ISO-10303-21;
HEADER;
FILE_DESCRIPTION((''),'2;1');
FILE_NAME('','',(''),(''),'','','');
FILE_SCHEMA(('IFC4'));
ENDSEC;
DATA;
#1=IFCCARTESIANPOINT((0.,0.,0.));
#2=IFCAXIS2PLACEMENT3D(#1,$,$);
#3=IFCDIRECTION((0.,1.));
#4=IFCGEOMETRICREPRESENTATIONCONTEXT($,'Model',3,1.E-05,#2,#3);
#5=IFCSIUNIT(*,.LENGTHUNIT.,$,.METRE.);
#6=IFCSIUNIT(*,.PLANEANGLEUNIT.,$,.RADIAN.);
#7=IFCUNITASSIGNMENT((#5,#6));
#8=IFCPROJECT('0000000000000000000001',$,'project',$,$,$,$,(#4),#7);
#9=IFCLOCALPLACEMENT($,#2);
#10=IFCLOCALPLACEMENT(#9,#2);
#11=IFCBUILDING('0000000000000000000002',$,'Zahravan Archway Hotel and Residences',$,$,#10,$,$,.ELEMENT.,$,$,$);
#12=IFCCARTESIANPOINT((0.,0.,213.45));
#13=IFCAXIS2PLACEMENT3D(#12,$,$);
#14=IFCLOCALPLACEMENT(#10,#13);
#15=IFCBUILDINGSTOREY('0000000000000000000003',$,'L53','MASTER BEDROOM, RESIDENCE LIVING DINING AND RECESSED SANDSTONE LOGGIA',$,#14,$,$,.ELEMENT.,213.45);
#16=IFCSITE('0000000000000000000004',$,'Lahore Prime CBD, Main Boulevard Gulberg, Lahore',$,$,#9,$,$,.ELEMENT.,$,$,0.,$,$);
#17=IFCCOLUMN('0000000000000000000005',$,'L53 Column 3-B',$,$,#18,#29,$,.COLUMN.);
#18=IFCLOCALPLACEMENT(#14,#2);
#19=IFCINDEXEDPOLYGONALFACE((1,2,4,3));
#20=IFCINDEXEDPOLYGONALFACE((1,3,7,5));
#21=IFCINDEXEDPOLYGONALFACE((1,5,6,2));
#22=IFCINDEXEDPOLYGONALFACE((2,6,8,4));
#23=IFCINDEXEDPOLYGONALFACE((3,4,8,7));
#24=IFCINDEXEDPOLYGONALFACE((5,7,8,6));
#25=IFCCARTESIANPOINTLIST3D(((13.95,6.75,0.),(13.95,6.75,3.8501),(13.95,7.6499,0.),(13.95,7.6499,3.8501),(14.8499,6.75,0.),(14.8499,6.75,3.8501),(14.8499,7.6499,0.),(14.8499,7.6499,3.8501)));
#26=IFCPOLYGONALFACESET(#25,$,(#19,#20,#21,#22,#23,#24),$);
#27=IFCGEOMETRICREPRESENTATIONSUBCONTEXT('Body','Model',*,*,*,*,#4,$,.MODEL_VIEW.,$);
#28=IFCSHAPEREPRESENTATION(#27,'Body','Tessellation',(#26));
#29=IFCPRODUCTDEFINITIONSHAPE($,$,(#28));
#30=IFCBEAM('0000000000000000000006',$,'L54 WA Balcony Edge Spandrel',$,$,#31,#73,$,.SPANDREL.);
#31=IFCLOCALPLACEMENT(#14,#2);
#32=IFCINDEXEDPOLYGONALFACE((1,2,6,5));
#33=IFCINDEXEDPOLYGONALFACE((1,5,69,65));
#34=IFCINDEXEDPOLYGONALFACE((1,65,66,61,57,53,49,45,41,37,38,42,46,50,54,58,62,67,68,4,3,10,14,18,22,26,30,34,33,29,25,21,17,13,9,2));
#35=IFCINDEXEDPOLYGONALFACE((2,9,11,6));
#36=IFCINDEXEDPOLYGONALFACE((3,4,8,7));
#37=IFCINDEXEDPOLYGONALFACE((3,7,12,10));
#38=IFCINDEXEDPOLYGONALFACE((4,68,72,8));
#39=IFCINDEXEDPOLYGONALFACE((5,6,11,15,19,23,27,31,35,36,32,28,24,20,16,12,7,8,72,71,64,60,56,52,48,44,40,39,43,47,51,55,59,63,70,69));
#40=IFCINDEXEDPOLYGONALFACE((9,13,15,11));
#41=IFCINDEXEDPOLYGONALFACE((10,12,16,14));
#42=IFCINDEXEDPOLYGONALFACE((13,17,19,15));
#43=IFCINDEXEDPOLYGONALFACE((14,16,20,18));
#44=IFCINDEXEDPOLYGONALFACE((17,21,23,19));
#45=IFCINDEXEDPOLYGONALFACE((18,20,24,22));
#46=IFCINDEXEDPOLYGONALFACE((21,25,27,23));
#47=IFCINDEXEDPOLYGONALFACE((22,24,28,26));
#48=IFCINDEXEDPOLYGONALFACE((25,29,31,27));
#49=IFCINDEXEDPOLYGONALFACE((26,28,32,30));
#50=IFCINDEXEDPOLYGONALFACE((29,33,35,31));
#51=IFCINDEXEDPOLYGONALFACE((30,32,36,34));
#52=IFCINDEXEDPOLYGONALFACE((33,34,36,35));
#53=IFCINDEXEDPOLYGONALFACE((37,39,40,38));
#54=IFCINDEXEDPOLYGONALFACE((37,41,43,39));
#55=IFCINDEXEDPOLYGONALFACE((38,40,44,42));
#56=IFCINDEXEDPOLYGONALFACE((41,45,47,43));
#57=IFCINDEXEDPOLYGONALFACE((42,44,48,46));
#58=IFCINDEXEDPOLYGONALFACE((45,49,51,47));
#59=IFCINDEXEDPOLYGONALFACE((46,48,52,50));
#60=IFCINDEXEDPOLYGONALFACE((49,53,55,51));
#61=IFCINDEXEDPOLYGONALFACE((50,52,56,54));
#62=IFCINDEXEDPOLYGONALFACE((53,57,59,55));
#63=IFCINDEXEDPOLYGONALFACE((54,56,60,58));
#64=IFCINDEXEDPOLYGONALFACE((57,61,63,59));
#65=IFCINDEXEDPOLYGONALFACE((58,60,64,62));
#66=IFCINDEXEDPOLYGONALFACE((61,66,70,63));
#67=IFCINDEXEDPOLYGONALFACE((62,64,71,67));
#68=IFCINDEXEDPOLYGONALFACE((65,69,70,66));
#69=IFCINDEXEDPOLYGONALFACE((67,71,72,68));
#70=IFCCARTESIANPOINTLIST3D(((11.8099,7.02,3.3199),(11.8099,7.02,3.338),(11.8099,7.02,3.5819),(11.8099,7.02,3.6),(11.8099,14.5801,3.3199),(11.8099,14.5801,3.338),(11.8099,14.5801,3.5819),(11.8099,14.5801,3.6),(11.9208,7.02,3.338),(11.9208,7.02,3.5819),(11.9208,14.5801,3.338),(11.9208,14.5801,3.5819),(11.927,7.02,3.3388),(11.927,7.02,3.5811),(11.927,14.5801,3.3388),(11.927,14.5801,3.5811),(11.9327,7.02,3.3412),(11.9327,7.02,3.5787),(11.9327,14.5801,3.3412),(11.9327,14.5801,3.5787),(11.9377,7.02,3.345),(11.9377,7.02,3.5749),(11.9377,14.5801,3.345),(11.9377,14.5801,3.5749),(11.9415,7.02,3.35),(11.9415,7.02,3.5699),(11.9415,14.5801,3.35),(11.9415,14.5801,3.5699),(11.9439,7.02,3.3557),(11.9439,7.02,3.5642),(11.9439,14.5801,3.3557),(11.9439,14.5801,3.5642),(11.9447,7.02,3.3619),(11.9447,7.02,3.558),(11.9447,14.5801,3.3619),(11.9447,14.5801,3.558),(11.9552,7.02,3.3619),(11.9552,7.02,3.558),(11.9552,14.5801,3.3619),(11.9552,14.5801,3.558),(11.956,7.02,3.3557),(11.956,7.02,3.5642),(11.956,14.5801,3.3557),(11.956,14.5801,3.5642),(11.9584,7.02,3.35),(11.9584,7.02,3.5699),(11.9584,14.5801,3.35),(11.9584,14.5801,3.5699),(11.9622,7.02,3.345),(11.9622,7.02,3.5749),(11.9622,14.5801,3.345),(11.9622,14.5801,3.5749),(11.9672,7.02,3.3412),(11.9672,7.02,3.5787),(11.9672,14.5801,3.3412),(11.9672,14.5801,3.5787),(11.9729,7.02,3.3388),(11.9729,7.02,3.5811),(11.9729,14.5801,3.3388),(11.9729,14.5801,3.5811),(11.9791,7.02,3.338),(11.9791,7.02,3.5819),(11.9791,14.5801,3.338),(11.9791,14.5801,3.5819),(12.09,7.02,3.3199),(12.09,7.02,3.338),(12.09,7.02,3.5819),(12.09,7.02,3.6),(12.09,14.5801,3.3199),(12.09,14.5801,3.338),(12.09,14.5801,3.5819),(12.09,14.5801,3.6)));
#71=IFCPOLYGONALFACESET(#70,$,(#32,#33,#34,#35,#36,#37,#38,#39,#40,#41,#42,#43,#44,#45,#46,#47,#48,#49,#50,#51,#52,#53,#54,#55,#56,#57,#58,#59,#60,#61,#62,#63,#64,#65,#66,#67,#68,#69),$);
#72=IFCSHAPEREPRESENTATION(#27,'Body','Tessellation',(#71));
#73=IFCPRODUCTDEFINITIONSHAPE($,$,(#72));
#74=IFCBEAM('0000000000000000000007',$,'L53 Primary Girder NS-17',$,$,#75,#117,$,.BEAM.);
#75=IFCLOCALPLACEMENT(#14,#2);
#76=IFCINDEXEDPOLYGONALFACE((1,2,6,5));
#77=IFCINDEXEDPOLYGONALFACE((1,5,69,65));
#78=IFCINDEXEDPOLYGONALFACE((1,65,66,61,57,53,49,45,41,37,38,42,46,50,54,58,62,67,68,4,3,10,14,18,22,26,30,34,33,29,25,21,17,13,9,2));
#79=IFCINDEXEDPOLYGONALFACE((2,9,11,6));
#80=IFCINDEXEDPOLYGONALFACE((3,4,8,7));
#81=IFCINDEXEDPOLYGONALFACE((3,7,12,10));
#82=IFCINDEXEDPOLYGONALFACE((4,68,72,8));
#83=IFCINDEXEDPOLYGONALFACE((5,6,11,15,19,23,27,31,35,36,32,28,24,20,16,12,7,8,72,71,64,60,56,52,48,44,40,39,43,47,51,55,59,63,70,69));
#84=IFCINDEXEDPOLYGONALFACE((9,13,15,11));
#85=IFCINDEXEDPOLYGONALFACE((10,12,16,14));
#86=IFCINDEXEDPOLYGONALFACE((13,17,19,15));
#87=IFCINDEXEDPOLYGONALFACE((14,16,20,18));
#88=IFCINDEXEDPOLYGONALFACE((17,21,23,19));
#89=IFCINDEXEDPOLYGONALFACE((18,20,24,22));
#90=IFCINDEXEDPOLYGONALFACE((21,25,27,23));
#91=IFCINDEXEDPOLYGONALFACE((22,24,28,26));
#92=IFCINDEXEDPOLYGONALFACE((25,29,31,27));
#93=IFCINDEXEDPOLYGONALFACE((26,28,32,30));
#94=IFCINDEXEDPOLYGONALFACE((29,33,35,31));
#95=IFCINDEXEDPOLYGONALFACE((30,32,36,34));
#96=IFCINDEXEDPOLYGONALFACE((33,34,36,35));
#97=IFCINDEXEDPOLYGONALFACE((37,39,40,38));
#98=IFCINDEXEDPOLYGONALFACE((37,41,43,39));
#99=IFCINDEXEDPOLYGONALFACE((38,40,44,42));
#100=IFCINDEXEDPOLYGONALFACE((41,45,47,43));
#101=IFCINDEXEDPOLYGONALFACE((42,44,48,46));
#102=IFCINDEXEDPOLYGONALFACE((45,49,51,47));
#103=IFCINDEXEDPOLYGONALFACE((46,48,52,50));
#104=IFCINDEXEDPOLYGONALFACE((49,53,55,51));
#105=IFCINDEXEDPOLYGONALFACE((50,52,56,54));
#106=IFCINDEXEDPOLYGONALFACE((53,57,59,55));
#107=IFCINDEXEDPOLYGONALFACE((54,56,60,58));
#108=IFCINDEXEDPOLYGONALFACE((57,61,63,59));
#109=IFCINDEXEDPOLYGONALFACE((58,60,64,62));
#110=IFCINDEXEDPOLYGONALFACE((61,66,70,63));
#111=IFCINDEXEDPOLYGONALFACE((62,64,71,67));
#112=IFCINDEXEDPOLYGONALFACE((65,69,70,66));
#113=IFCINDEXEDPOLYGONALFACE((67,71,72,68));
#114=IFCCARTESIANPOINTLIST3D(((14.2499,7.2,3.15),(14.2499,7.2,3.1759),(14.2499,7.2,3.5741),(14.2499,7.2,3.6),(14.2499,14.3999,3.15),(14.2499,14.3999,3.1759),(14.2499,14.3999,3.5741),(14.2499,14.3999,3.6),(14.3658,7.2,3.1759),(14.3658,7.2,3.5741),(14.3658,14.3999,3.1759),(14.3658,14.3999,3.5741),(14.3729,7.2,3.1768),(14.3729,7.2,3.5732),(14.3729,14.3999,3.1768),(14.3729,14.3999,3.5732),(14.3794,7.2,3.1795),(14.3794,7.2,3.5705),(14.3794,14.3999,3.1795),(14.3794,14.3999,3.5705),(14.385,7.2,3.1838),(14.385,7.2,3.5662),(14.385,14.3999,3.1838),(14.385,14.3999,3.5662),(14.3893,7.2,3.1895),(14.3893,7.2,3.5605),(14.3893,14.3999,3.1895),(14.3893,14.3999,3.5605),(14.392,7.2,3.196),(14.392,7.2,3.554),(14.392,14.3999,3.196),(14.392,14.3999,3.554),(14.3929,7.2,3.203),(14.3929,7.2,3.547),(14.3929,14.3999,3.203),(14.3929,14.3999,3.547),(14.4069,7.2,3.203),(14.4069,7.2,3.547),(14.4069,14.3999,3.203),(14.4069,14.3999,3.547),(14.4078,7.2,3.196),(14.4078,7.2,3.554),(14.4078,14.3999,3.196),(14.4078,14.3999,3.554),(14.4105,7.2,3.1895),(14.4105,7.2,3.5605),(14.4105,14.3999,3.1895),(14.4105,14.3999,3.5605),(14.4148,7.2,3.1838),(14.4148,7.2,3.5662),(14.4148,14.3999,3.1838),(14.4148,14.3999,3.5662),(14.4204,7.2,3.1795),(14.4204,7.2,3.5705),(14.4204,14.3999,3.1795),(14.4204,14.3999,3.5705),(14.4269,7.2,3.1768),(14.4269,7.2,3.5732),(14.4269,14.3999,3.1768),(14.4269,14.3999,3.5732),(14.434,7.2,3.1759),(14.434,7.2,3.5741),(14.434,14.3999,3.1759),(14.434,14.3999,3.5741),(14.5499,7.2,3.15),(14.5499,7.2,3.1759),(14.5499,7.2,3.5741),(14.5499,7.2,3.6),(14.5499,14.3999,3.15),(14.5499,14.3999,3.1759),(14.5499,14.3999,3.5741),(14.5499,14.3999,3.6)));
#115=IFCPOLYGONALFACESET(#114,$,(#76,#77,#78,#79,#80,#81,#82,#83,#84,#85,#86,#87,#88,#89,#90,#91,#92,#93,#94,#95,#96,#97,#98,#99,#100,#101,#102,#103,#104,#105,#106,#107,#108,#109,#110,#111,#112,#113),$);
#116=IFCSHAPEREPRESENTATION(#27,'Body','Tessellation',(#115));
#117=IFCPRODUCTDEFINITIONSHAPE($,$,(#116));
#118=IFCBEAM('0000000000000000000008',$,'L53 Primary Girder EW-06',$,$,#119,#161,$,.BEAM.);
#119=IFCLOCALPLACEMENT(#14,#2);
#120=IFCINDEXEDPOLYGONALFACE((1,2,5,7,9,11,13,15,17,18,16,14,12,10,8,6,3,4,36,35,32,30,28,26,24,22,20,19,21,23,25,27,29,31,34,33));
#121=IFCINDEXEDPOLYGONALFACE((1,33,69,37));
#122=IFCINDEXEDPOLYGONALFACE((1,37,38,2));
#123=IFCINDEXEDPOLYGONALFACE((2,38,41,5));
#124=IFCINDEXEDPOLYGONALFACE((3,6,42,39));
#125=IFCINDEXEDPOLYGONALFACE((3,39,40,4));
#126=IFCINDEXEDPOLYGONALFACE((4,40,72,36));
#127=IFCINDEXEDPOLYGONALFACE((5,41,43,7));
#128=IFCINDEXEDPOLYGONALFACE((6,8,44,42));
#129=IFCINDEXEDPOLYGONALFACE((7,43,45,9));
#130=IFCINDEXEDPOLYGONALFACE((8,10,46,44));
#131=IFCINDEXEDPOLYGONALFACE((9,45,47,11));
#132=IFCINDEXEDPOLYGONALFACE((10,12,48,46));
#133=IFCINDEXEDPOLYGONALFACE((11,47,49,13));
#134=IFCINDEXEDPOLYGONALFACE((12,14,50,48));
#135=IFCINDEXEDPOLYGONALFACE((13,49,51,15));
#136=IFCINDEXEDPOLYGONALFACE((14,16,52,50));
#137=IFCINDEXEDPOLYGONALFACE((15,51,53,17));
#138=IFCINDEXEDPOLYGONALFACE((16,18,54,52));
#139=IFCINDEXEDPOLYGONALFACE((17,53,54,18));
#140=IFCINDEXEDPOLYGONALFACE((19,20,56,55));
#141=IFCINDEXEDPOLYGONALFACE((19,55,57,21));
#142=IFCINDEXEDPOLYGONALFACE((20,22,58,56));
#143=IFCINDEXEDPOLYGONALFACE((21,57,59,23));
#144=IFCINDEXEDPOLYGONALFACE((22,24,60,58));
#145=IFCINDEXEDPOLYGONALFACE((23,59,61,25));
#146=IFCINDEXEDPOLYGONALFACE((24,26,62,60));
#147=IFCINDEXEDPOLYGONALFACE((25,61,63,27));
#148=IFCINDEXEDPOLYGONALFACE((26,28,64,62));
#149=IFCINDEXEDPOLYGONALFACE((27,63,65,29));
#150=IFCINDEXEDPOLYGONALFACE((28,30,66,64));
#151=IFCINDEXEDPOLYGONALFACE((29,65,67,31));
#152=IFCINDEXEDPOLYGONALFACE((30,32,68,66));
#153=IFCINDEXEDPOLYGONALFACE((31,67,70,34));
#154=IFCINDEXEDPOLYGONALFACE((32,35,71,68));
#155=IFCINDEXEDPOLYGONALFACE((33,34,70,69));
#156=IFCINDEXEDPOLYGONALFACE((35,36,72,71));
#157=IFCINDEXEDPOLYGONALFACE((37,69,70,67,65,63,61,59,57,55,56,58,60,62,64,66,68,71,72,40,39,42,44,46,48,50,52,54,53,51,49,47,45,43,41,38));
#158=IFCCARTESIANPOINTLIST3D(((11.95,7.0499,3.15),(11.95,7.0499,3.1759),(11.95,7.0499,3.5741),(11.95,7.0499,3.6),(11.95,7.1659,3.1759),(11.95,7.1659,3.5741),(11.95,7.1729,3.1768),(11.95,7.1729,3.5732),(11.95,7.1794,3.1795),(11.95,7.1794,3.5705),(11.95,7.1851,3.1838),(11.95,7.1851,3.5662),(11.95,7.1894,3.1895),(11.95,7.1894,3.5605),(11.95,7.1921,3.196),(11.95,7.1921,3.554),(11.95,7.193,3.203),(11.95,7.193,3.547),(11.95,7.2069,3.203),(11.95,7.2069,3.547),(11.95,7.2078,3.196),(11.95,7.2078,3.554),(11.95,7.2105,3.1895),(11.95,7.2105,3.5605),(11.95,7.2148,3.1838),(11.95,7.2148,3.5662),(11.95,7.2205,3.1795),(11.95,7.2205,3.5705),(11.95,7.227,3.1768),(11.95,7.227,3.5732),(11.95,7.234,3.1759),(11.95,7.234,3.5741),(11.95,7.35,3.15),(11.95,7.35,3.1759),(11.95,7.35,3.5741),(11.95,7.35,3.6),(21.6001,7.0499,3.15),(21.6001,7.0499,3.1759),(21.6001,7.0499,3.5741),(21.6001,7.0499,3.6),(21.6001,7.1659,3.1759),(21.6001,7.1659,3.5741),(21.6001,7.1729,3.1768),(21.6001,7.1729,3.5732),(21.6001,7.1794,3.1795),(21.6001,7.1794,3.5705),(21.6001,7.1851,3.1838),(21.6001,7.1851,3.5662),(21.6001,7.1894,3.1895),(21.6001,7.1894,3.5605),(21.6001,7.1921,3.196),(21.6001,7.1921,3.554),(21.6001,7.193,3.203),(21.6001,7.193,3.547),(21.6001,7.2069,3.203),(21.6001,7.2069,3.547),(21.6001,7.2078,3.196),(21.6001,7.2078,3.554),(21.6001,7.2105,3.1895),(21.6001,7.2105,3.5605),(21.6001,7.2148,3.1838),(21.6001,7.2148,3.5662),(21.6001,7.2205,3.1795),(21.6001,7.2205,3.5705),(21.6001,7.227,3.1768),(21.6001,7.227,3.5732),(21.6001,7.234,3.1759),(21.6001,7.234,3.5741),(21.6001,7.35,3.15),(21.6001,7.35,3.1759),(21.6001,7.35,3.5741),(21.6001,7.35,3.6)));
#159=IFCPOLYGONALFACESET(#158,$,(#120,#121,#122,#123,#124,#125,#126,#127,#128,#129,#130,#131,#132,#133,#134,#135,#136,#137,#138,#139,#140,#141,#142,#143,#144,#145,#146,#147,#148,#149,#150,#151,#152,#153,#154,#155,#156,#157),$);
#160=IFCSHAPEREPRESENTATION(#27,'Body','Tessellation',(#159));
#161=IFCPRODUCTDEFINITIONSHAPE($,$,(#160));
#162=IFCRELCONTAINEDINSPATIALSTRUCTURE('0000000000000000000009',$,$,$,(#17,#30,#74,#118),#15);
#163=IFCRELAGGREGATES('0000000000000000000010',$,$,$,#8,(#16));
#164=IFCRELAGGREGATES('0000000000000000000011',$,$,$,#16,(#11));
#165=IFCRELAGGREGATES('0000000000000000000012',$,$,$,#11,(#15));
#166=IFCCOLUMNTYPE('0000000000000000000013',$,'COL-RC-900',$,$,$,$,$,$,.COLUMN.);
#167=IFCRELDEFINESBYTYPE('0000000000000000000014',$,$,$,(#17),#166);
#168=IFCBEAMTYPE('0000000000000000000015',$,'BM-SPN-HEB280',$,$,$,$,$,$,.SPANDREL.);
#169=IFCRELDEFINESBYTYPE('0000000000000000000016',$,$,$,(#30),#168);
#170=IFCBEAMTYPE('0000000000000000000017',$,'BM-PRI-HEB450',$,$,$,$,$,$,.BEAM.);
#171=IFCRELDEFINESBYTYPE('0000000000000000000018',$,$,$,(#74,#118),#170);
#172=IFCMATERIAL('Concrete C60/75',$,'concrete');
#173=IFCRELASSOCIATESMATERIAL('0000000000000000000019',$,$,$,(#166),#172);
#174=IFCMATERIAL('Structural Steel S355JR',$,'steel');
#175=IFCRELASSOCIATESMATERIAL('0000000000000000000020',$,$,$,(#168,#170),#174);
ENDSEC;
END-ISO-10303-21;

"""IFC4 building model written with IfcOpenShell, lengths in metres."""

from ifc_helpers import new_model, si_unit, direction, frame, origin, origin_2d, place, context, subcontext, project, spatial, rectangle, i_section, extrude, source, transform, mapped, material, material_profile, profile_set, type_object, type_shapes, element, save


model = new_model("IFC4")

# Units and contexts
model_context = context("Model", 3, precision=1e-05, world=origin(), true_north=direction((0.0, 1.0)))
body_context = subcontext(model_context, "Body", "Model", "MODEL_VIEW")
ifc_project = project(units=[si_unit("LENGTHUNIT", "METRE"), si_unit("PLANEANGLEUNIT", "RADIAN")], contexts=[model_context])

# Site, building, storey
site_placement = place(None, origin())
site = spatial("IfcSite", under=ifc_project, at=site_placement, Name="Lahore Prime CBD, Main Boulevard Gulberg, Lahore", CompositionType="ELEMENT", RefElevation=0.0)
building_placement = place(site_placement, origin())
building = spatial("IfcBuilding", under=site, at=building_placement, Name="Zahravan Archway Hotel and Residences", CompositionType="ELEMENT")
storey_placement = place(building_placement, frame((0.0, 0.0, 213.45)))
storey = spatial("IfcBuildingStorey", under=building, at=storey_placement, Name="L53", Description="MASTER BEDROOM, RESIDENCE LIVING DINING AND RECESSED SANDSTONE LOGGIA", CompositionType="ELEMENT", Elevation=213.45)

# Column
ifc_material_1 = material(Name="Concrete C60/75", Category="concrete")
ifc_material_profile_1 = material_profile(ifc_material_1, rectangle(XDim=0.8999, YDim=0.8999, at=origin_2d()), Name="RC-COL-900x900", Category="concrete")
ifc_profile_set_1 = profile_set([ifc_material_profile_1], Name="Concrete C60/75")
column_type = type_object("IfcColumnType", Name="COL-RC-900", PredefinedType="COLUMN", material=ifc_profile_set_1)
shared_shape_1 = source(origin(), body_context, "Body", "SweptSolid", [
    extrude(rectangle(XDim=0.8999, YDim=0.8999, at=origin_2d()), origin(), (0.0, 0.0, 1.0), 3.8501),
])
type_shapes(column_type, [shared_shape_1])
column_placement = place(storey_placement, frame((14.3999, 7.2, 0.0), z_axis=(0.0, 0.0, 1.0), x_axis=(1.0, 0.0, 0.0)))
element("IfcColumn", 1, at=column_placement, inside=storey, type_object=column_type, Name="L53 Column 3-B", PredefinedType="COLUMN", context=body_context, shape_type="MappedRepresentation", body=[
    mapped(shared_shape_1, transform((0.0, 0.0, 0.0), scale=1.0)),
])

# Beams
ifc_material_2 = material(Name="Structural Steel S355JR", Category="steel")
ifc_material_profile_2 = material_profile(ifc_material_2, i_section(OverallWidth=0.28, OverallDepth=0.28, WebThickness=0.0105, FlangeThickness=0.0181, FilletRadius=0.0239, at=origin_2d()), Name="HEB 280", Category="steel")
ifc_profile_set_2 = profile_set([ifc_material_profile_2], Name="Structural Steel S355JR")
beam_type_1 = type_object("IfcBeamType", Name="BM-SPN-HEB280", PredefinedType="SPANDREL", material=ifc_profile_set_2)
shared_shape_2 = source(origin(), body_context, "Body", "SweptSolid", [
    extrude(i_section(OverallWidth=0.28, OverallDepth=0.28, WebThickness=0.0105, FlangeThickness=0.0181, FilletRadius=0.0239, at=origin_2d()), origin(), (0.0, 0.0, 1.0), 7.5601),
])
type_shapes(beam_type_1, [shared_shape_2])
beam_1_placement = place(storey_placement, frame((11.95, 7.02, 3.46), z_axis=(0.0, 1.0, 0.0), x_axis=(-1.0, 0.0, 0.0)))
element("IfcBeam", 2, at=beam_1_placement, inside=storey, type_object=beam_type_1, Name="L54 WA Balcony Edge Spandrel", PredefinedType="SPANDREL", context=body_context, shape_type="MappedRepresentation", body=[
    mapped(shared_shape_2, transform((0.0, 0.0, 0.0), scale=1.0)),
])
ifc_material_profile_3 = material_profile(ifc_material_2, i_section(OverallWidth=0.3, OverallDepth=0.45, WebThickness=0.0139, FlangeThickness=0.0259, FilletRadius=0.0271, at=origin_2d()), Name="HEB 450", Category="steel")
ifc_profile_set_3 = profile_set([ifc_material_profile_3], Name="Structural Steel S355JR")
beam_type_2 = type_object("IfcBeamType", Name="BM-PRI-HEB450", PredefinedType="BEAM", material=ifc_profile_set_3)
shared_shape_3 = source(origin(), body_context, "Body", "SweptSolid", [
    extrude(i_section(OverallWidth=0.3, OverallDepth=0.45, WebThickness=0.0139, FlangeThickness=0.0259, FilletRadius=0.0271, at=origin_2d()), origin(), (0.0, 0.0, 1.0), 7.2),
])
beam_2_placement = place(storey_placement, frame((14.3999, 7.2, 3.375), z_axis=(0.0, 1.0, 0.0), x_axis=(-1.0, 0.0, 0.0)))
element("IfcBeam", 3, at=beam_2_placement, inside=storey, type_object=beam_type_2, Name="L53 Primary Girder NS-17", PredefinedType="BEAM", context=body_context, shape_type="MappedRepresentation", body=[
    mapped(shared_shape_3, transform((0.0, 0.0, 0.0), scale=1.0)),
])
shared_shape_4 = source(origin(), body_context, "Body", "SweptSolid", [
    extrude(i_section(OverallWidth=0.3, OverallDepth=0.45, WebThickness=0.0139, FlangeThickness=0.0259, FilletRadius=0.0271, at=origin_2d()), origin(), (0.0, 0.0, 1.0), 9.6501),
])
beam_3_placement = place(storey_placement, frame((11.95, 7.2, 3.375), z_axis=(1.0, 0.0, 0.0), x_axis=(0.0, 1.0, 0.0)))
element("IfcBeam", 4, at=beam_3_placement, inside=storey, type_object=beam_type_2, Name="L53 Primary Girder EW-06", PredefinedType="BEAM", context=body_context, shape_type="MappedRepresentation", body=[
    mapped(shared_shape_4, transform((0.0, 0.0, 0.0), scale=1.0)),
])

save(model, "model.ifc")
